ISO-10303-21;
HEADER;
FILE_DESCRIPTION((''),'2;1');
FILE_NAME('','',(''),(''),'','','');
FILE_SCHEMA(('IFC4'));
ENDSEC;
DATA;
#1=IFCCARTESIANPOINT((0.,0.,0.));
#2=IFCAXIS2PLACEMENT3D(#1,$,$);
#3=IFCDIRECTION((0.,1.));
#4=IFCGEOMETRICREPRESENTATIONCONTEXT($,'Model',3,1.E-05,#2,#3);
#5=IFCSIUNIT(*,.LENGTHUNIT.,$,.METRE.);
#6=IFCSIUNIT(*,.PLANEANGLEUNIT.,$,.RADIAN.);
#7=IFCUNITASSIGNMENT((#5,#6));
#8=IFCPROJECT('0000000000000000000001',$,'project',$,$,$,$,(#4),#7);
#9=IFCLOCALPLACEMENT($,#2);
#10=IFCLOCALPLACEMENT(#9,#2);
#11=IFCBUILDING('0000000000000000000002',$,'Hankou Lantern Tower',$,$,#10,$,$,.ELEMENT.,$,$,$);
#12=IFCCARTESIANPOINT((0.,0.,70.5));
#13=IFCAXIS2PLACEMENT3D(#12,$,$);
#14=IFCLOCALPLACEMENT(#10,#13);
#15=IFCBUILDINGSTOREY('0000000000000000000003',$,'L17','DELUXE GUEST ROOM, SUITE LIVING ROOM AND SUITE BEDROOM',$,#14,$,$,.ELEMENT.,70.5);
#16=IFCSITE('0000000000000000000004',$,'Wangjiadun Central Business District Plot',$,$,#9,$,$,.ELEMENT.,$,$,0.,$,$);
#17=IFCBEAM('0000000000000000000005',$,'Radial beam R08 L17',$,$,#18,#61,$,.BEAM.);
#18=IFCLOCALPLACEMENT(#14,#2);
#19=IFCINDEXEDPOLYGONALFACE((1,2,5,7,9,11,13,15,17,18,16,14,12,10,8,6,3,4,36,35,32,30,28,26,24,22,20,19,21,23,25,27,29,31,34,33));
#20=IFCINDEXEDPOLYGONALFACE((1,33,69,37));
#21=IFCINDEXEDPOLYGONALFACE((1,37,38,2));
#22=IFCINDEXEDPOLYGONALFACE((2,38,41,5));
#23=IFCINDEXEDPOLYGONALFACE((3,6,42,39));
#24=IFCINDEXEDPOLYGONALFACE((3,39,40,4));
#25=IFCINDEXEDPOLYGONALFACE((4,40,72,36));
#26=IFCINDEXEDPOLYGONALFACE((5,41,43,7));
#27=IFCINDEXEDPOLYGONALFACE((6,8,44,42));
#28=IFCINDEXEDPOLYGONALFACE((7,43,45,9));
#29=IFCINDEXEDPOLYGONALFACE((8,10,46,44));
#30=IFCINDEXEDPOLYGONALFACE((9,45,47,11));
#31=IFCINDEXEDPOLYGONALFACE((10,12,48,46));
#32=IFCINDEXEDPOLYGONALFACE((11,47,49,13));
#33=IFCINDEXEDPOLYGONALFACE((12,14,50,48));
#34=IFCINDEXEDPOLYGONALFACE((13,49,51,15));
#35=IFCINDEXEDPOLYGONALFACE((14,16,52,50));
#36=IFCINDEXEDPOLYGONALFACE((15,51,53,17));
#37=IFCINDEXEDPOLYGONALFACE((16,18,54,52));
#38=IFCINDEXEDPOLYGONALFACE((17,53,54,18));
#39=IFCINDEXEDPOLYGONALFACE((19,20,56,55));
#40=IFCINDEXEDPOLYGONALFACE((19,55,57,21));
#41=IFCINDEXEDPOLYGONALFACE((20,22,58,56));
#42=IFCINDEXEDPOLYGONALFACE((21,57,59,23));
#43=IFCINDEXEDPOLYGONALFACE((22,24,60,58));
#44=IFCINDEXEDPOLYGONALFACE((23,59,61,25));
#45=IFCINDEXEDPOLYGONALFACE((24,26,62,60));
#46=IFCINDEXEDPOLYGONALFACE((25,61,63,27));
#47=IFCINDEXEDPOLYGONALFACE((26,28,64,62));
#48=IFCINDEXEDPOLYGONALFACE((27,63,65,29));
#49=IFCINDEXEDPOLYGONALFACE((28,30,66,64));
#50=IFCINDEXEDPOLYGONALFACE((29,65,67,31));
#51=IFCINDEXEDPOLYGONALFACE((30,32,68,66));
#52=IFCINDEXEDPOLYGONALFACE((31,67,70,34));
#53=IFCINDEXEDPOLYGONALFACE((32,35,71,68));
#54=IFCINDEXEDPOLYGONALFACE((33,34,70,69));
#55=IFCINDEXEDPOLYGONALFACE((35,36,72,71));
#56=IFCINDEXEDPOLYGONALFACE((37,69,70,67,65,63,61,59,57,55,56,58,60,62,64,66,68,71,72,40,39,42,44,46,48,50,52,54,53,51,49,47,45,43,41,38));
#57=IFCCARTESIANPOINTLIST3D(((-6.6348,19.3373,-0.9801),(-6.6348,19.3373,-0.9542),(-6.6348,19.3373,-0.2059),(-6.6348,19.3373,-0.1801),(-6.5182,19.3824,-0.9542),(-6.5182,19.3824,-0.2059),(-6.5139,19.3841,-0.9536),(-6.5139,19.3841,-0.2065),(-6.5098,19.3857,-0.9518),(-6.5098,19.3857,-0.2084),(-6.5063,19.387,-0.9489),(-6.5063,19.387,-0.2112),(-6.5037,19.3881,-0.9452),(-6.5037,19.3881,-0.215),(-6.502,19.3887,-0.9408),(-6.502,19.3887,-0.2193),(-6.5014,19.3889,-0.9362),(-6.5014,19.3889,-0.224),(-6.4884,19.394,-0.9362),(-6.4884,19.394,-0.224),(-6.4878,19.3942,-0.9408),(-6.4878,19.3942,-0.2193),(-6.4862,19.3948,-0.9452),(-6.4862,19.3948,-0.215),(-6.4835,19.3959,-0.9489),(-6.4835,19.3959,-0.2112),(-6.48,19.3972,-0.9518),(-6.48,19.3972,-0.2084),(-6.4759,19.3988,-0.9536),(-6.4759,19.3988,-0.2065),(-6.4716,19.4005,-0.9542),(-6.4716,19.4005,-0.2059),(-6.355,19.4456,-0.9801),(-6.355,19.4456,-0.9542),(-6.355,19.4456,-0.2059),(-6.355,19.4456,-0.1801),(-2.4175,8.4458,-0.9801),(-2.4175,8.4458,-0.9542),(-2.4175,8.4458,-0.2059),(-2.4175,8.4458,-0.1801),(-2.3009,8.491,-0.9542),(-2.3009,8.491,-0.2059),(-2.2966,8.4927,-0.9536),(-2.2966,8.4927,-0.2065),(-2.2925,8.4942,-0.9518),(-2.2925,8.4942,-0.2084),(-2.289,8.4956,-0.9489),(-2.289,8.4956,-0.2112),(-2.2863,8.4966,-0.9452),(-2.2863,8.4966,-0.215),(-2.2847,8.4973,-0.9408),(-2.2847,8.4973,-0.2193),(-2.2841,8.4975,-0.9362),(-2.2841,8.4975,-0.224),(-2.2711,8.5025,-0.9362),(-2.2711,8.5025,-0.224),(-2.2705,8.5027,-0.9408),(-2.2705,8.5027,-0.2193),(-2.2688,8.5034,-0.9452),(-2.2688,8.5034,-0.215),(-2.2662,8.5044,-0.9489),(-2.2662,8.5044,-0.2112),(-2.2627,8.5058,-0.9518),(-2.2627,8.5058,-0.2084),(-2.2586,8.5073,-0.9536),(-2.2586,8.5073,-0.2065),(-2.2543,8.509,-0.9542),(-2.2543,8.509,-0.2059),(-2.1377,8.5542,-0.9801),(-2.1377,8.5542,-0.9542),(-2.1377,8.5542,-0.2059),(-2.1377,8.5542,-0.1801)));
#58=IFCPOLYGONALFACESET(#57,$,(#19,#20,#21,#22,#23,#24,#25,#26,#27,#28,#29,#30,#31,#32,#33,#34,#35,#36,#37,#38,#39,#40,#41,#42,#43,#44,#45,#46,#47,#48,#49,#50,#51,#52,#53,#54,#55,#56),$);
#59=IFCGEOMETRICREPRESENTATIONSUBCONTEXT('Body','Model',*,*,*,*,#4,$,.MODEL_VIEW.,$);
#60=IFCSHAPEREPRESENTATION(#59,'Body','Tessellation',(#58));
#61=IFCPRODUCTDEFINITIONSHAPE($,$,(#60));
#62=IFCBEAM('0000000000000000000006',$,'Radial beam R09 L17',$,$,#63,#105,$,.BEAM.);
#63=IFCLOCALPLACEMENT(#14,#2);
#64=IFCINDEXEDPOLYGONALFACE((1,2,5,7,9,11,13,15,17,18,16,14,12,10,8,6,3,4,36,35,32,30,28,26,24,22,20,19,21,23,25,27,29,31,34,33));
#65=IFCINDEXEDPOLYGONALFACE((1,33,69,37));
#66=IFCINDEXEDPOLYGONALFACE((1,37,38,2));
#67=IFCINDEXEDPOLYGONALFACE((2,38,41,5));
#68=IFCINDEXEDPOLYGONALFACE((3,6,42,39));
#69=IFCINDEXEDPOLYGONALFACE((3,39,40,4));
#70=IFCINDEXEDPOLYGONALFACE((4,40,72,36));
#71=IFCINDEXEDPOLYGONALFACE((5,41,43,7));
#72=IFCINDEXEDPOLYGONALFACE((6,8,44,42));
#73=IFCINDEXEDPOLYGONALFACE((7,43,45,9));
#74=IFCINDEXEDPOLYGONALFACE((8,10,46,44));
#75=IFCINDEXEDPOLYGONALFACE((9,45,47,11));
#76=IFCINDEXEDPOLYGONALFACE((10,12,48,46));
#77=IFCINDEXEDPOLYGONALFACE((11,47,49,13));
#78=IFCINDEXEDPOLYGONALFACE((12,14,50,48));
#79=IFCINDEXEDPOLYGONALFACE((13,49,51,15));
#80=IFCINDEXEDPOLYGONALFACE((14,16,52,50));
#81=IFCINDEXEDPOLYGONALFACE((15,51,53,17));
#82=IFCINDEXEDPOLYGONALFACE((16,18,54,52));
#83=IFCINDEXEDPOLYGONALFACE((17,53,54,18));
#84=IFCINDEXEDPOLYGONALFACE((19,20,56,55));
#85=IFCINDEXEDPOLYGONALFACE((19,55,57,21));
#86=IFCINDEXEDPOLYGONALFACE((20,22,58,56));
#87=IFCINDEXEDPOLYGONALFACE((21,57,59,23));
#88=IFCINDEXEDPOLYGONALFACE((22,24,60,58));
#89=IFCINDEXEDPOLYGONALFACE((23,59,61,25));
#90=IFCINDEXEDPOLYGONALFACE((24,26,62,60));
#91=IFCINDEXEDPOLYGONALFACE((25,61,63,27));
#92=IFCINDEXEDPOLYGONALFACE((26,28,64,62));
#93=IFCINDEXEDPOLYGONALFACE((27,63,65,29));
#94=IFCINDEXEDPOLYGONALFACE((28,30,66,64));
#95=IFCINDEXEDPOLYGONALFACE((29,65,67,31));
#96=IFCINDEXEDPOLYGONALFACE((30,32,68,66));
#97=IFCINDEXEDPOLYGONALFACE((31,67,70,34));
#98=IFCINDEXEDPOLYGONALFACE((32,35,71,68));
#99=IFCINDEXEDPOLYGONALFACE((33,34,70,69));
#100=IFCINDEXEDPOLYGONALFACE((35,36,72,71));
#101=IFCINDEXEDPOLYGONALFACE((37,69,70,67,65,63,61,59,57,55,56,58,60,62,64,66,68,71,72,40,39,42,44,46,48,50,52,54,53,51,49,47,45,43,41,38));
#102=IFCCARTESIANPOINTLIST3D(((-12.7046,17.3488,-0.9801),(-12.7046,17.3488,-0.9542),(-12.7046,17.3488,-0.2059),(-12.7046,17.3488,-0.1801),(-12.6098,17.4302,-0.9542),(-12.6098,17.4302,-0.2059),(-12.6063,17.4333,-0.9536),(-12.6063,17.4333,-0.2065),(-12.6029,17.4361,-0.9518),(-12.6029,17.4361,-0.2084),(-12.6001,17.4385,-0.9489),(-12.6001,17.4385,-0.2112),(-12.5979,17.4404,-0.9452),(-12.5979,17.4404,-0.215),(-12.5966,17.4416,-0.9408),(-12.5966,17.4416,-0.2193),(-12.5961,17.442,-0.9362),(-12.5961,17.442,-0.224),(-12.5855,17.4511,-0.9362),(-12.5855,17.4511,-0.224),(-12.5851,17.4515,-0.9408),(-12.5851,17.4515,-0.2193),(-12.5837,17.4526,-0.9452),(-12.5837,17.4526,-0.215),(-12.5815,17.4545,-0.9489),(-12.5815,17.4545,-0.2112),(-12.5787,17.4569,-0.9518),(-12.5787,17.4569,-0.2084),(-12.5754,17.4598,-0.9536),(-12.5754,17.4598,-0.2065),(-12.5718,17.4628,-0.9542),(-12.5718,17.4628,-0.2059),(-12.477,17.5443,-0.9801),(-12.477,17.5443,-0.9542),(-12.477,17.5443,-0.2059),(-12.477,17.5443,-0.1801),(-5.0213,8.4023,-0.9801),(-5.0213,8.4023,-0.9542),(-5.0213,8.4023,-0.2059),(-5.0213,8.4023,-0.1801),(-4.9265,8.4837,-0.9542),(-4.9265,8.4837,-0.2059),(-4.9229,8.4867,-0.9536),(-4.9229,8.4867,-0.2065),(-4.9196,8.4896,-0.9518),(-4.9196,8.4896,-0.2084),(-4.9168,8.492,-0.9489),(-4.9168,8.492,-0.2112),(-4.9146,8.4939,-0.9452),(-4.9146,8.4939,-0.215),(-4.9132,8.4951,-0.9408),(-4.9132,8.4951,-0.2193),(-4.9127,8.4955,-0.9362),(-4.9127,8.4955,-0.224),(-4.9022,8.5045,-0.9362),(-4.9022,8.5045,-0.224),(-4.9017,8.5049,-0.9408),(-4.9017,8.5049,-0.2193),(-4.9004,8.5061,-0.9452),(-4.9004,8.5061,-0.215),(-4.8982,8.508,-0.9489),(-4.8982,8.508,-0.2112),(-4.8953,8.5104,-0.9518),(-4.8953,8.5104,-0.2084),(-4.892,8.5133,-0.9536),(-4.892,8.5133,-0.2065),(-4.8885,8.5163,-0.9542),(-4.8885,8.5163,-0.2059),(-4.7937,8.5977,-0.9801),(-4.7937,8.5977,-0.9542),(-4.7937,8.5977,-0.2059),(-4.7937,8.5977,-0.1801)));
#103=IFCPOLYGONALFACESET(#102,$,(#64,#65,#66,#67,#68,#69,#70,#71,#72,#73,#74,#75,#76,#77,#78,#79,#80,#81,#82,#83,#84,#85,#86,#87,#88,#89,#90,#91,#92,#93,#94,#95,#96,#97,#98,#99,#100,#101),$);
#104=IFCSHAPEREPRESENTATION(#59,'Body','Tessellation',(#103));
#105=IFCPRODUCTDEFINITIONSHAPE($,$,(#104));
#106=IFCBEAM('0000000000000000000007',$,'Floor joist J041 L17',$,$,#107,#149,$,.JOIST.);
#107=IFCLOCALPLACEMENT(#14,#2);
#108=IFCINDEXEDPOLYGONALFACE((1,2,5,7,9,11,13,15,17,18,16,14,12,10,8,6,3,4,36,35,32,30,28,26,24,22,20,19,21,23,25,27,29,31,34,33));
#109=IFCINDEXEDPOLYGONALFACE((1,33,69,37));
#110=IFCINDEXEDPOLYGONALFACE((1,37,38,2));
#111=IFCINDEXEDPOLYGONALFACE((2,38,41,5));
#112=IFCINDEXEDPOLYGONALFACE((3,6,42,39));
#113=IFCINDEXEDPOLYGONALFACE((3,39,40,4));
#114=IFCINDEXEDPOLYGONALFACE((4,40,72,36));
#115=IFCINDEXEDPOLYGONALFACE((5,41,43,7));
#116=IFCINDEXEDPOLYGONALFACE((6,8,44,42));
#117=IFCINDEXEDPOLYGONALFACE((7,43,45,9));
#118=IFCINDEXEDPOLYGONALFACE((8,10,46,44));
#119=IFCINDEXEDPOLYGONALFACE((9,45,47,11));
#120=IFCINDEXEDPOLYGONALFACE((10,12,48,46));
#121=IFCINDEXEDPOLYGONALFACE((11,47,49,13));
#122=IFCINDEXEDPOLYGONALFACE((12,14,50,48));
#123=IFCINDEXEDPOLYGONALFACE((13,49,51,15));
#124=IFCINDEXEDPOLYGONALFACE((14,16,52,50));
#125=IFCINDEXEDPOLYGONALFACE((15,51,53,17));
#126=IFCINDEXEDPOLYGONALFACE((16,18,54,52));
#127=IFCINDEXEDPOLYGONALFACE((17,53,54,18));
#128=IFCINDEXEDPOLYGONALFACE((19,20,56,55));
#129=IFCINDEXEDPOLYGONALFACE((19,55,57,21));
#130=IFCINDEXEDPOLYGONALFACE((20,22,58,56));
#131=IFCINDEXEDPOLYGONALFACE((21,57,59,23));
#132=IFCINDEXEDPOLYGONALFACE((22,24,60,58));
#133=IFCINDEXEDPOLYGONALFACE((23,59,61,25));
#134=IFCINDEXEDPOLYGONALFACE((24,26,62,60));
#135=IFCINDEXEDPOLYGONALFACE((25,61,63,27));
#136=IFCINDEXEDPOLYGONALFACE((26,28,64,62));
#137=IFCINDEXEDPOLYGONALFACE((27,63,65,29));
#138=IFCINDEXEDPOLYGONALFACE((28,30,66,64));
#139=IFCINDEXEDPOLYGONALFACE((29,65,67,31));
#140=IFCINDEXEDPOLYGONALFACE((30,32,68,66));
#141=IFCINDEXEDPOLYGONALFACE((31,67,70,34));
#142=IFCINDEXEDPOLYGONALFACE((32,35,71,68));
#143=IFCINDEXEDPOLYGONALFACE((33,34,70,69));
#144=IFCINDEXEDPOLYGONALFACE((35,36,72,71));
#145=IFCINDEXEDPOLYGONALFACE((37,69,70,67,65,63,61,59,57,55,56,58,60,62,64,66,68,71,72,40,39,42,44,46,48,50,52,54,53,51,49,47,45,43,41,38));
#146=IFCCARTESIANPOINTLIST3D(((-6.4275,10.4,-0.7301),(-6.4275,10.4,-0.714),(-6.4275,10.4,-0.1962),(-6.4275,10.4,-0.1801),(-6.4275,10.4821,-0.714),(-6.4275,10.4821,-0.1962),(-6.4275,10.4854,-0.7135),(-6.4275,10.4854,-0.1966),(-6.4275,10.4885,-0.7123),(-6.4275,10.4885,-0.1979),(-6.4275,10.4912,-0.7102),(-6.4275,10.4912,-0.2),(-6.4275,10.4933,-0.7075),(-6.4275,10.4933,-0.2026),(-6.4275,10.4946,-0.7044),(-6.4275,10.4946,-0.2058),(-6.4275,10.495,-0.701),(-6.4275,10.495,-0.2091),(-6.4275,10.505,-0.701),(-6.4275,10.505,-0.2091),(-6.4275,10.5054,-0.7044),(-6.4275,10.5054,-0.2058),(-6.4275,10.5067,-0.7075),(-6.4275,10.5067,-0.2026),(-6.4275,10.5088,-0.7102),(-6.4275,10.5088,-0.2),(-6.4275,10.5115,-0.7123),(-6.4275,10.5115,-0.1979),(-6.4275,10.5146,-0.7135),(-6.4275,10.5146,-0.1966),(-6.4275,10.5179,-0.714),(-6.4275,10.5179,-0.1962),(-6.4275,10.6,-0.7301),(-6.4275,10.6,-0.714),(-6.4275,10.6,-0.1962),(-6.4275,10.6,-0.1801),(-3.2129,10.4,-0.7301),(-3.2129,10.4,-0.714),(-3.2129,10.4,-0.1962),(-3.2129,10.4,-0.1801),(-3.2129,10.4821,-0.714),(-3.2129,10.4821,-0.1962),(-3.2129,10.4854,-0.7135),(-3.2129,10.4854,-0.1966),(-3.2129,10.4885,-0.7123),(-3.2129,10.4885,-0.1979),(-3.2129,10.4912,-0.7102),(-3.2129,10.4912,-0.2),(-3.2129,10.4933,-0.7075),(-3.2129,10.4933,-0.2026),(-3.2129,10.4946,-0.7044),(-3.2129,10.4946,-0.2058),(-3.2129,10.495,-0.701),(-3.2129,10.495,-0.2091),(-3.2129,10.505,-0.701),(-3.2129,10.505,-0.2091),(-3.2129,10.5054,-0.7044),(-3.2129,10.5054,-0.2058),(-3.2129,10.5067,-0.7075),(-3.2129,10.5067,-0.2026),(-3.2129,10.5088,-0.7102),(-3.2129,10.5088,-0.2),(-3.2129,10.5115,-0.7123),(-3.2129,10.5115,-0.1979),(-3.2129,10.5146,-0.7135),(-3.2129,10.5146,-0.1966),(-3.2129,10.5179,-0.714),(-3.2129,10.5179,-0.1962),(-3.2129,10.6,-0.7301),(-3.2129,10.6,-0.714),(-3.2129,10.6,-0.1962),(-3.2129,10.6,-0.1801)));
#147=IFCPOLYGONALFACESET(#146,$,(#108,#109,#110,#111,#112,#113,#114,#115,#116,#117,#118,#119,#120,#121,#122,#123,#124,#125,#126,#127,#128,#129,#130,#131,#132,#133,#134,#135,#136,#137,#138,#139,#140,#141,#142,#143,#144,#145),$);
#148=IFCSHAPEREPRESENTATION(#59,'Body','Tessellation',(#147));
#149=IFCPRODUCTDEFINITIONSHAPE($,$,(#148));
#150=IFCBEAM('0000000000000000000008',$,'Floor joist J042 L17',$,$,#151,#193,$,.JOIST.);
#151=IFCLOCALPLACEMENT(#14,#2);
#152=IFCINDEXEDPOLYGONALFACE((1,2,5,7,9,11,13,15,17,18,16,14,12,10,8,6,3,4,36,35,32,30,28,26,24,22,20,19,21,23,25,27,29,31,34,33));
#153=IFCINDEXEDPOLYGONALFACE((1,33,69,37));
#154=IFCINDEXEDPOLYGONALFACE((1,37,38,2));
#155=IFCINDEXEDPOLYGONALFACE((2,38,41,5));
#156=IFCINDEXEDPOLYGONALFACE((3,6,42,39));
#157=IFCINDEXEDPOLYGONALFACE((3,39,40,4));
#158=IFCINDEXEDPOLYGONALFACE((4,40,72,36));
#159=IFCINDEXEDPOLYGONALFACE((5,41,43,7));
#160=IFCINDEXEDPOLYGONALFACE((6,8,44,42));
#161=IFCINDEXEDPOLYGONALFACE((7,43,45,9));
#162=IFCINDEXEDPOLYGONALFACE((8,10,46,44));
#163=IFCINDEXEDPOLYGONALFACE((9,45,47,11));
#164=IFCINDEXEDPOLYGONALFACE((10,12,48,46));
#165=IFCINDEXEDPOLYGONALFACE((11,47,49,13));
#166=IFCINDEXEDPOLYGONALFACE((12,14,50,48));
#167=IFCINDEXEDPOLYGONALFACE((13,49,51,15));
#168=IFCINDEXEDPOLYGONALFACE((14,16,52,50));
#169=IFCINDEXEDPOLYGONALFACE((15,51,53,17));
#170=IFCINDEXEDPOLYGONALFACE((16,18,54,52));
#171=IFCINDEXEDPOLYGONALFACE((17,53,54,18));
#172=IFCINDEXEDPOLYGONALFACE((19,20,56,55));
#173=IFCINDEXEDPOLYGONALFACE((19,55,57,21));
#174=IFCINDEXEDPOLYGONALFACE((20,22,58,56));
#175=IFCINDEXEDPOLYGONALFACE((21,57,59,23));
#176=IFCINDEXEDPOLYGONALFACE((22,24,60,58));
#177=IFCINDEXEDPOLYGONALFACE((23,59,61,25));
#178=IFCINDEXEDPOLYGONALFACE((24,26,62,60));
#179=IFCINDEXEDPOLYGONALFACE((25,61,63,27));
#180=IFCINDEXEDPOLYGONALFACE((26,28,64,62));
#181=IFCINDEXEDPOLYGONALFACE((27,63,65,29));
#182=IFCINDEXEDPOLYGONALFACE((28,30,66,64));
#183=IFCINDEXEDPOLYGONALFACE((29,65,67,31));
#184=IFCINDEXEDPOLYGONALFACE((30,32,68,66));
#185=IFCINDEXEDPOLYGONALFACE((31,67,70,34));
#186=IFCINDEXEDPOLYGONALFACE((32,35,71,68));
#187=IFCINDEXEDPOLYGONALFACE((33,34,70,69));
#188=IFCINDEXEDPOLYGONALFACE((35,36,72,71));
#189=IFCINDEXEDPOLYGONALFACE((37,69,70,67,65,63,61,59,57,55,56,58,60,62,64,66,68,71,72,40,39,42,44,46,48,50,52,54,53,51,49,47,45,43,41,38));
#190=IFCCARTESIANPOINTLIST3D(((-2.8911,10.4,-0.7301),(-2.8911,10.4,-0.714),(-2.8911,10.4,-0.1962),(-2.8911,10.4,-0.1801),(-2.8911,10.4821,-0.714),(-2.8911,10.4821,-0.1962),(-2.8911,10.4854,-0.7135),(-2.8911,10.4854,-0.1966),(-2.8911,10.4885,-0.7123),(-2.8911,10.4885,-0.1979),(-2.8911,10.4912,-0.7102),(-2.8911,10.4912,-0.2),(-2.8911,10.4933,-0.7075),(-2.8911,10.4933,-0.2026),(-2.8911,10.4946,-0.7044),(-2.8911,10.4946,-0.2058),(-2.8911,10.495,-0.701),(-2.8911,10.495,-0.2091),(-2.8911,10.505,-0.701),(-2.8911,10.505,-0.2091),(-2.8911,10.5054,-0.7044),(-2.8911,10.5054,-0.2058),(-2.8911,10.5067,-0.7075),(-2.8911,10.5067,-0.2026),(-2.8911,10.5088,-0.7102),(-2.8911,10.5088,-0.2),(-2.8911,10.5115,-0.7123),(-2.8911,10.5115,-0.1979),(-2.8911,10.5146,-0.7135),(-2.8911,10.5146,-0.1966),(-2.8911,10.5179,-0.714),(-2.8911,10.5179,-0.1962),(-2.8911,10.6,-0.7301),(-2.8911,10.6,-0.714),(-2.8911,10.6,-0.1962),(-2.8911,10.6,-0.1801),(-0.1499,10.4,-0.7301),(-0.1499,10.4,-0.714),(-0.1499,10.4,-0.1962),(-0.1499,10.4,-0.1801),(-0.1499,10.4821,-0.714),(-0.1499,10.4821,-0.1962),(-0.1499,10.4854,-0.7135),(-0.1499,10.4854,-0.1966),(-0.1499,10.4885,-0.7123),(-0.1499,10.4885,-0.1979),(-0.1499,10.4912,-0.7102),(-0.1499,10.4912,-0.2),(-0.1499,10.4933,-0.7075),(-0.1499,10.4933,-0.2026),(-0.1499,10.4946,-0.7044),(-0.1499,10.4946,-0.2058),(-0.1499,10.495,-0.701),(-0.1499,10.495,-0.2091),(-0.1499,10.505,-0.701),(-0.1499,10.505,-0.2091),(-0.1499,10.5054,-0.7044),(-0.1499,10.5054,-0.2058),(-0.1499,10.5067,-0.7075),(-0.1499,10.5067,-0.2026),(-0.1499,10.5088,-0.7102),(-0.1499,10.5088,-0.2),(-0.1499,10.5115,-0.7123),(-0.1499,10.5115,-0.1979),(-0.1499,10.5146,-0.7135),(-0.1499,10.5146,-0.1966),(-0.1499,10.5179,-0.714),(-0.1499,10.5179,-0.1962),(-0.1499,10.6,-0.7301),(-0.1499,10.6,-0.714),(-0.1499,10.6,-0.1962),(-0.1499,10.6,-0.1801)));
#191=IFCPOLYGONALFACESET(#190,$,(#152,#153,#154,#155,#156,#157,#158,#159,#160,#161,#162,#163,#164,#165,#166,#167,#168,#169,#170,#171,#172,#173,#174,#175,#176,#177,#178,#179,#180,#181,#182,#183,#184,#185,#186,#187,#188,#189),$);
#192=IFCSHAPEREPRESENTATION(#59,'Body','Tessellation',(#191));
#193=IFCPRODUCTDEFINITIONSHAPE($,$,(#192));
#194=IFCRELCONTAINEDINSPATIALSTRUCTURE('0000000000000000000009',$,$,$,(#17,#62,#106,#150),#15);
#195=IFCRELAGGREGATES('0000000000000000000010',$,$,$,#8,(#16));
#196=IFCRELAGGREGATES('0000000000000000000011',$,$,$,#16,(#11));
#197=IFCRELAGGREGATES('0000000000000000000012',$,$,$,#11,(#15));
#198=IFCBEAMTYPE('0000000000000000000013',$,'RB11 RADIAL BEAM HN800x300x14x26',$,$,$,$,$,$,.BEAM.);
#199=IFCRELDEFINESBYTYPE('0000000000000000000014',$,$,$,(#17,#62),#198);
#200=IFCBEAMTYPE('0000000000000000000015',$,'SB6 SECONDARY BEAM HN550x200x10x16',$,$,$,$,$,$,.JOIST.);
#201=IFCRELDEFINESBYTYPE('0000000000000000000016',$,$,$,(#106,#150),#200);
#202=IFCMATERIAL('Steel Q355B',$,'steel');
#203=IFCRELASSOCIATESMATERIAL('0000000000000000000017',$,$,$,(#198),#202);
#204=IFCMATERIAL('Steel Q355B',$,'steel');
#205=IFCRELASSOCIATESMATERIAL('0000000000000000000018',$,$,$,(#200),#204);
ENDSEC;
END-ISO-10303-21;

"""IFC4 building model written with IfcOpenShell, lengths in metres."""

from ifc_helpers import new_model, si_unit, direction, frame, origin, origin_2d, place, context, subcontext, project, spatial, i_section, extrude, material, material_profile, profile_set, type_object, element, save


model = new_model("IFC4")

# Units and contexts
model_context = context("Model", 3, precision=1e-05, world=origin(), true_north=direction((0.0, 1.0)))
body_context = subcontext(model_context, "Body", "Model", "MODEL_VIEW")
ifc_project = project(units=[si_unit("LENGTHUNIT", "METRE"), si_unit("PLANEANGLEUNIT", "RADIAN")], contexts=[model_context])

# Site, building, storey
site_placement = place(None, origin())
site = spatial("IfcSite", under=ifc_project, at=site_placement, Name="Wangjiadun Central Business District Plot", CompositionType="ELEMENT", RefElevation=0.0)
building_placement = place(site_placement, origin())
building = spatial("IfcBuilding", under=site, at=building_placement, Name="Hankou Lantern Tower", CompositionType="ELEMENT")
storey_placement = place(building_placement, frame((0.0, 0.0, 70.5)))
storey = spatial("IfcBuildingStorey", under=building, at=storey_placement, Name="L17", Description="DELUXE GUEST ROOM, SUITE LIVING ROOM AND SUITE BEDROOM", CompositionType="ELEMENT", Elevation=70.5)

# Beams
ifc_material_1 = material(Name="Steel Q355B", Category="steel")
ifc_material_profile_1 = material_profile(ifc_material_1, i_section(OverallWidth=0.3, OverallDepth=0.8, WebThickness=0.0139, FlangeThickness=0.0259, FilletRadius=0.0181, at=origin_2d()), Name="HN800x300x14x26")
ifc_profile_set_1 = profile_set([ifc_material_profile_1], Name="Steel Q355B")
beam_type_1 = type_object("IfcBeamType", Name="RB11 RADIAL BEAM HN800x300x14x26", PredefinedType="BEAM", material=ifc_profile_set_1)
beam_1_placement = place(storey_placement, frame((-2.2776, 8.5, -0.5801), z_axis=(-0.361089, 0.932531, 0.0), x_axis=(-0.932531, -0.361089, 0.0)))
element("IfcBeam", 1, at=beam_1_placement, inside=storey, type_object=beam_type_1, Name="Radial beam R08 L17", PredefinedType="BEAM", context=body_context, shape_type="SweptSolid", body=[
    extrude(i_section(OverallWidth=0.3, OverallDepth=0.8, WebThickness=0.0139, FlangeThickness=0.0259, FilletRadius=0.0181, at=origin_2d()), origin(), (0.0, 0.0, 1.0), 11.6794),
])
beam_2_placement = place(storey_placement, frame((-4.9075, 8.5, -0.5801), z_axis=(-0.651519, 0.758632, 0.0), x_axis=(-0.758632, -0.651519, 0.0)))
element("IfcBeam", 2, at=beam_2_placement, inside=storey, type_object=beam_type_1, Name="Radial beam R09 L17", PredefinedType="BEAM", context=body_context, shape_type="SweptSolid", body=[
    extrude(i_section(OverallWidth=0.3, OverallDepth=0.8, WebThickness=0.0139, FlangeThickness=0.0259, FilletRadius=0.0181, at=origin_2d()), origin(), (0.0, 0.0, 1.0), 11.793),
])
ifc_material_2 = material(Name="Steel Q355B", Category="steel")
ifc_material_profile_2 = material_profile(ifc_material_2, i_section(OverallWidth=0.2, OverallDepth=0.55, WebThickness=0.01, FlangeThickness=0.0161, FilletRadius=0.0129, at=origin_2d()), Name="HN550x200x10x16")
ifc_profile_set_2 = profile_set([ifc_material_profile_2], Name="Steel Q355B")
beam_type_2 = type_object("IfcBeamType", Name="SB6 SECONDARY BEAM HN550x200x10x16", PredefinedType="JOIST", material=ifc_profile_set_2)
beam_3_placement = place(storey_placement, frame((-6.4275, 10.5, -0.4551), z_axis=(1.0, 0.0, 0.0), x_axis=(0.0, 1.0, 0.0)))
element("IfcBeam", 3, at=beam_3_placement, inside=storey, type_object=beam_type_2, Name="Floor joist J041 L17", PredefinedType="JOIST", context=body_context, shape_type="SweptSolid", body=[
    extrude(i_section(OverallWidth=0.2, OverallDepth=0.55, WebThickness=0.01, FlangeThickness=0.0161, FilletRadius=0.0129, at=origin_2d()), origin(), (0.0, 0.0, 1.0), 3.2146),
])
beam_4_placement = place(storey_placement, frame((-2.8911, 10.5, -0.4551), z_axis=(1.0, 0.0, 0.0), x_axis=(0.0, 1.0, 0.0)))
element("IfcBeam", 4, at=beam_4_placement, inside=storey, type_object=beam_type_2, Name="Floor joist J042 L17", PredefinedType="JOIST", context=body_context, shape_type="SweptSolid", body=[
    extrude(i_section(OverallWidth=0.2, OverallDepth=0.55, WebThickness=0.01, FlangeThickness=0.0161, FilletRadius=0.0129, at=origin_2d()), origin(), (0.0, 0.0, 1.0), 2.7412),
])

save(model, "model.ifc")
